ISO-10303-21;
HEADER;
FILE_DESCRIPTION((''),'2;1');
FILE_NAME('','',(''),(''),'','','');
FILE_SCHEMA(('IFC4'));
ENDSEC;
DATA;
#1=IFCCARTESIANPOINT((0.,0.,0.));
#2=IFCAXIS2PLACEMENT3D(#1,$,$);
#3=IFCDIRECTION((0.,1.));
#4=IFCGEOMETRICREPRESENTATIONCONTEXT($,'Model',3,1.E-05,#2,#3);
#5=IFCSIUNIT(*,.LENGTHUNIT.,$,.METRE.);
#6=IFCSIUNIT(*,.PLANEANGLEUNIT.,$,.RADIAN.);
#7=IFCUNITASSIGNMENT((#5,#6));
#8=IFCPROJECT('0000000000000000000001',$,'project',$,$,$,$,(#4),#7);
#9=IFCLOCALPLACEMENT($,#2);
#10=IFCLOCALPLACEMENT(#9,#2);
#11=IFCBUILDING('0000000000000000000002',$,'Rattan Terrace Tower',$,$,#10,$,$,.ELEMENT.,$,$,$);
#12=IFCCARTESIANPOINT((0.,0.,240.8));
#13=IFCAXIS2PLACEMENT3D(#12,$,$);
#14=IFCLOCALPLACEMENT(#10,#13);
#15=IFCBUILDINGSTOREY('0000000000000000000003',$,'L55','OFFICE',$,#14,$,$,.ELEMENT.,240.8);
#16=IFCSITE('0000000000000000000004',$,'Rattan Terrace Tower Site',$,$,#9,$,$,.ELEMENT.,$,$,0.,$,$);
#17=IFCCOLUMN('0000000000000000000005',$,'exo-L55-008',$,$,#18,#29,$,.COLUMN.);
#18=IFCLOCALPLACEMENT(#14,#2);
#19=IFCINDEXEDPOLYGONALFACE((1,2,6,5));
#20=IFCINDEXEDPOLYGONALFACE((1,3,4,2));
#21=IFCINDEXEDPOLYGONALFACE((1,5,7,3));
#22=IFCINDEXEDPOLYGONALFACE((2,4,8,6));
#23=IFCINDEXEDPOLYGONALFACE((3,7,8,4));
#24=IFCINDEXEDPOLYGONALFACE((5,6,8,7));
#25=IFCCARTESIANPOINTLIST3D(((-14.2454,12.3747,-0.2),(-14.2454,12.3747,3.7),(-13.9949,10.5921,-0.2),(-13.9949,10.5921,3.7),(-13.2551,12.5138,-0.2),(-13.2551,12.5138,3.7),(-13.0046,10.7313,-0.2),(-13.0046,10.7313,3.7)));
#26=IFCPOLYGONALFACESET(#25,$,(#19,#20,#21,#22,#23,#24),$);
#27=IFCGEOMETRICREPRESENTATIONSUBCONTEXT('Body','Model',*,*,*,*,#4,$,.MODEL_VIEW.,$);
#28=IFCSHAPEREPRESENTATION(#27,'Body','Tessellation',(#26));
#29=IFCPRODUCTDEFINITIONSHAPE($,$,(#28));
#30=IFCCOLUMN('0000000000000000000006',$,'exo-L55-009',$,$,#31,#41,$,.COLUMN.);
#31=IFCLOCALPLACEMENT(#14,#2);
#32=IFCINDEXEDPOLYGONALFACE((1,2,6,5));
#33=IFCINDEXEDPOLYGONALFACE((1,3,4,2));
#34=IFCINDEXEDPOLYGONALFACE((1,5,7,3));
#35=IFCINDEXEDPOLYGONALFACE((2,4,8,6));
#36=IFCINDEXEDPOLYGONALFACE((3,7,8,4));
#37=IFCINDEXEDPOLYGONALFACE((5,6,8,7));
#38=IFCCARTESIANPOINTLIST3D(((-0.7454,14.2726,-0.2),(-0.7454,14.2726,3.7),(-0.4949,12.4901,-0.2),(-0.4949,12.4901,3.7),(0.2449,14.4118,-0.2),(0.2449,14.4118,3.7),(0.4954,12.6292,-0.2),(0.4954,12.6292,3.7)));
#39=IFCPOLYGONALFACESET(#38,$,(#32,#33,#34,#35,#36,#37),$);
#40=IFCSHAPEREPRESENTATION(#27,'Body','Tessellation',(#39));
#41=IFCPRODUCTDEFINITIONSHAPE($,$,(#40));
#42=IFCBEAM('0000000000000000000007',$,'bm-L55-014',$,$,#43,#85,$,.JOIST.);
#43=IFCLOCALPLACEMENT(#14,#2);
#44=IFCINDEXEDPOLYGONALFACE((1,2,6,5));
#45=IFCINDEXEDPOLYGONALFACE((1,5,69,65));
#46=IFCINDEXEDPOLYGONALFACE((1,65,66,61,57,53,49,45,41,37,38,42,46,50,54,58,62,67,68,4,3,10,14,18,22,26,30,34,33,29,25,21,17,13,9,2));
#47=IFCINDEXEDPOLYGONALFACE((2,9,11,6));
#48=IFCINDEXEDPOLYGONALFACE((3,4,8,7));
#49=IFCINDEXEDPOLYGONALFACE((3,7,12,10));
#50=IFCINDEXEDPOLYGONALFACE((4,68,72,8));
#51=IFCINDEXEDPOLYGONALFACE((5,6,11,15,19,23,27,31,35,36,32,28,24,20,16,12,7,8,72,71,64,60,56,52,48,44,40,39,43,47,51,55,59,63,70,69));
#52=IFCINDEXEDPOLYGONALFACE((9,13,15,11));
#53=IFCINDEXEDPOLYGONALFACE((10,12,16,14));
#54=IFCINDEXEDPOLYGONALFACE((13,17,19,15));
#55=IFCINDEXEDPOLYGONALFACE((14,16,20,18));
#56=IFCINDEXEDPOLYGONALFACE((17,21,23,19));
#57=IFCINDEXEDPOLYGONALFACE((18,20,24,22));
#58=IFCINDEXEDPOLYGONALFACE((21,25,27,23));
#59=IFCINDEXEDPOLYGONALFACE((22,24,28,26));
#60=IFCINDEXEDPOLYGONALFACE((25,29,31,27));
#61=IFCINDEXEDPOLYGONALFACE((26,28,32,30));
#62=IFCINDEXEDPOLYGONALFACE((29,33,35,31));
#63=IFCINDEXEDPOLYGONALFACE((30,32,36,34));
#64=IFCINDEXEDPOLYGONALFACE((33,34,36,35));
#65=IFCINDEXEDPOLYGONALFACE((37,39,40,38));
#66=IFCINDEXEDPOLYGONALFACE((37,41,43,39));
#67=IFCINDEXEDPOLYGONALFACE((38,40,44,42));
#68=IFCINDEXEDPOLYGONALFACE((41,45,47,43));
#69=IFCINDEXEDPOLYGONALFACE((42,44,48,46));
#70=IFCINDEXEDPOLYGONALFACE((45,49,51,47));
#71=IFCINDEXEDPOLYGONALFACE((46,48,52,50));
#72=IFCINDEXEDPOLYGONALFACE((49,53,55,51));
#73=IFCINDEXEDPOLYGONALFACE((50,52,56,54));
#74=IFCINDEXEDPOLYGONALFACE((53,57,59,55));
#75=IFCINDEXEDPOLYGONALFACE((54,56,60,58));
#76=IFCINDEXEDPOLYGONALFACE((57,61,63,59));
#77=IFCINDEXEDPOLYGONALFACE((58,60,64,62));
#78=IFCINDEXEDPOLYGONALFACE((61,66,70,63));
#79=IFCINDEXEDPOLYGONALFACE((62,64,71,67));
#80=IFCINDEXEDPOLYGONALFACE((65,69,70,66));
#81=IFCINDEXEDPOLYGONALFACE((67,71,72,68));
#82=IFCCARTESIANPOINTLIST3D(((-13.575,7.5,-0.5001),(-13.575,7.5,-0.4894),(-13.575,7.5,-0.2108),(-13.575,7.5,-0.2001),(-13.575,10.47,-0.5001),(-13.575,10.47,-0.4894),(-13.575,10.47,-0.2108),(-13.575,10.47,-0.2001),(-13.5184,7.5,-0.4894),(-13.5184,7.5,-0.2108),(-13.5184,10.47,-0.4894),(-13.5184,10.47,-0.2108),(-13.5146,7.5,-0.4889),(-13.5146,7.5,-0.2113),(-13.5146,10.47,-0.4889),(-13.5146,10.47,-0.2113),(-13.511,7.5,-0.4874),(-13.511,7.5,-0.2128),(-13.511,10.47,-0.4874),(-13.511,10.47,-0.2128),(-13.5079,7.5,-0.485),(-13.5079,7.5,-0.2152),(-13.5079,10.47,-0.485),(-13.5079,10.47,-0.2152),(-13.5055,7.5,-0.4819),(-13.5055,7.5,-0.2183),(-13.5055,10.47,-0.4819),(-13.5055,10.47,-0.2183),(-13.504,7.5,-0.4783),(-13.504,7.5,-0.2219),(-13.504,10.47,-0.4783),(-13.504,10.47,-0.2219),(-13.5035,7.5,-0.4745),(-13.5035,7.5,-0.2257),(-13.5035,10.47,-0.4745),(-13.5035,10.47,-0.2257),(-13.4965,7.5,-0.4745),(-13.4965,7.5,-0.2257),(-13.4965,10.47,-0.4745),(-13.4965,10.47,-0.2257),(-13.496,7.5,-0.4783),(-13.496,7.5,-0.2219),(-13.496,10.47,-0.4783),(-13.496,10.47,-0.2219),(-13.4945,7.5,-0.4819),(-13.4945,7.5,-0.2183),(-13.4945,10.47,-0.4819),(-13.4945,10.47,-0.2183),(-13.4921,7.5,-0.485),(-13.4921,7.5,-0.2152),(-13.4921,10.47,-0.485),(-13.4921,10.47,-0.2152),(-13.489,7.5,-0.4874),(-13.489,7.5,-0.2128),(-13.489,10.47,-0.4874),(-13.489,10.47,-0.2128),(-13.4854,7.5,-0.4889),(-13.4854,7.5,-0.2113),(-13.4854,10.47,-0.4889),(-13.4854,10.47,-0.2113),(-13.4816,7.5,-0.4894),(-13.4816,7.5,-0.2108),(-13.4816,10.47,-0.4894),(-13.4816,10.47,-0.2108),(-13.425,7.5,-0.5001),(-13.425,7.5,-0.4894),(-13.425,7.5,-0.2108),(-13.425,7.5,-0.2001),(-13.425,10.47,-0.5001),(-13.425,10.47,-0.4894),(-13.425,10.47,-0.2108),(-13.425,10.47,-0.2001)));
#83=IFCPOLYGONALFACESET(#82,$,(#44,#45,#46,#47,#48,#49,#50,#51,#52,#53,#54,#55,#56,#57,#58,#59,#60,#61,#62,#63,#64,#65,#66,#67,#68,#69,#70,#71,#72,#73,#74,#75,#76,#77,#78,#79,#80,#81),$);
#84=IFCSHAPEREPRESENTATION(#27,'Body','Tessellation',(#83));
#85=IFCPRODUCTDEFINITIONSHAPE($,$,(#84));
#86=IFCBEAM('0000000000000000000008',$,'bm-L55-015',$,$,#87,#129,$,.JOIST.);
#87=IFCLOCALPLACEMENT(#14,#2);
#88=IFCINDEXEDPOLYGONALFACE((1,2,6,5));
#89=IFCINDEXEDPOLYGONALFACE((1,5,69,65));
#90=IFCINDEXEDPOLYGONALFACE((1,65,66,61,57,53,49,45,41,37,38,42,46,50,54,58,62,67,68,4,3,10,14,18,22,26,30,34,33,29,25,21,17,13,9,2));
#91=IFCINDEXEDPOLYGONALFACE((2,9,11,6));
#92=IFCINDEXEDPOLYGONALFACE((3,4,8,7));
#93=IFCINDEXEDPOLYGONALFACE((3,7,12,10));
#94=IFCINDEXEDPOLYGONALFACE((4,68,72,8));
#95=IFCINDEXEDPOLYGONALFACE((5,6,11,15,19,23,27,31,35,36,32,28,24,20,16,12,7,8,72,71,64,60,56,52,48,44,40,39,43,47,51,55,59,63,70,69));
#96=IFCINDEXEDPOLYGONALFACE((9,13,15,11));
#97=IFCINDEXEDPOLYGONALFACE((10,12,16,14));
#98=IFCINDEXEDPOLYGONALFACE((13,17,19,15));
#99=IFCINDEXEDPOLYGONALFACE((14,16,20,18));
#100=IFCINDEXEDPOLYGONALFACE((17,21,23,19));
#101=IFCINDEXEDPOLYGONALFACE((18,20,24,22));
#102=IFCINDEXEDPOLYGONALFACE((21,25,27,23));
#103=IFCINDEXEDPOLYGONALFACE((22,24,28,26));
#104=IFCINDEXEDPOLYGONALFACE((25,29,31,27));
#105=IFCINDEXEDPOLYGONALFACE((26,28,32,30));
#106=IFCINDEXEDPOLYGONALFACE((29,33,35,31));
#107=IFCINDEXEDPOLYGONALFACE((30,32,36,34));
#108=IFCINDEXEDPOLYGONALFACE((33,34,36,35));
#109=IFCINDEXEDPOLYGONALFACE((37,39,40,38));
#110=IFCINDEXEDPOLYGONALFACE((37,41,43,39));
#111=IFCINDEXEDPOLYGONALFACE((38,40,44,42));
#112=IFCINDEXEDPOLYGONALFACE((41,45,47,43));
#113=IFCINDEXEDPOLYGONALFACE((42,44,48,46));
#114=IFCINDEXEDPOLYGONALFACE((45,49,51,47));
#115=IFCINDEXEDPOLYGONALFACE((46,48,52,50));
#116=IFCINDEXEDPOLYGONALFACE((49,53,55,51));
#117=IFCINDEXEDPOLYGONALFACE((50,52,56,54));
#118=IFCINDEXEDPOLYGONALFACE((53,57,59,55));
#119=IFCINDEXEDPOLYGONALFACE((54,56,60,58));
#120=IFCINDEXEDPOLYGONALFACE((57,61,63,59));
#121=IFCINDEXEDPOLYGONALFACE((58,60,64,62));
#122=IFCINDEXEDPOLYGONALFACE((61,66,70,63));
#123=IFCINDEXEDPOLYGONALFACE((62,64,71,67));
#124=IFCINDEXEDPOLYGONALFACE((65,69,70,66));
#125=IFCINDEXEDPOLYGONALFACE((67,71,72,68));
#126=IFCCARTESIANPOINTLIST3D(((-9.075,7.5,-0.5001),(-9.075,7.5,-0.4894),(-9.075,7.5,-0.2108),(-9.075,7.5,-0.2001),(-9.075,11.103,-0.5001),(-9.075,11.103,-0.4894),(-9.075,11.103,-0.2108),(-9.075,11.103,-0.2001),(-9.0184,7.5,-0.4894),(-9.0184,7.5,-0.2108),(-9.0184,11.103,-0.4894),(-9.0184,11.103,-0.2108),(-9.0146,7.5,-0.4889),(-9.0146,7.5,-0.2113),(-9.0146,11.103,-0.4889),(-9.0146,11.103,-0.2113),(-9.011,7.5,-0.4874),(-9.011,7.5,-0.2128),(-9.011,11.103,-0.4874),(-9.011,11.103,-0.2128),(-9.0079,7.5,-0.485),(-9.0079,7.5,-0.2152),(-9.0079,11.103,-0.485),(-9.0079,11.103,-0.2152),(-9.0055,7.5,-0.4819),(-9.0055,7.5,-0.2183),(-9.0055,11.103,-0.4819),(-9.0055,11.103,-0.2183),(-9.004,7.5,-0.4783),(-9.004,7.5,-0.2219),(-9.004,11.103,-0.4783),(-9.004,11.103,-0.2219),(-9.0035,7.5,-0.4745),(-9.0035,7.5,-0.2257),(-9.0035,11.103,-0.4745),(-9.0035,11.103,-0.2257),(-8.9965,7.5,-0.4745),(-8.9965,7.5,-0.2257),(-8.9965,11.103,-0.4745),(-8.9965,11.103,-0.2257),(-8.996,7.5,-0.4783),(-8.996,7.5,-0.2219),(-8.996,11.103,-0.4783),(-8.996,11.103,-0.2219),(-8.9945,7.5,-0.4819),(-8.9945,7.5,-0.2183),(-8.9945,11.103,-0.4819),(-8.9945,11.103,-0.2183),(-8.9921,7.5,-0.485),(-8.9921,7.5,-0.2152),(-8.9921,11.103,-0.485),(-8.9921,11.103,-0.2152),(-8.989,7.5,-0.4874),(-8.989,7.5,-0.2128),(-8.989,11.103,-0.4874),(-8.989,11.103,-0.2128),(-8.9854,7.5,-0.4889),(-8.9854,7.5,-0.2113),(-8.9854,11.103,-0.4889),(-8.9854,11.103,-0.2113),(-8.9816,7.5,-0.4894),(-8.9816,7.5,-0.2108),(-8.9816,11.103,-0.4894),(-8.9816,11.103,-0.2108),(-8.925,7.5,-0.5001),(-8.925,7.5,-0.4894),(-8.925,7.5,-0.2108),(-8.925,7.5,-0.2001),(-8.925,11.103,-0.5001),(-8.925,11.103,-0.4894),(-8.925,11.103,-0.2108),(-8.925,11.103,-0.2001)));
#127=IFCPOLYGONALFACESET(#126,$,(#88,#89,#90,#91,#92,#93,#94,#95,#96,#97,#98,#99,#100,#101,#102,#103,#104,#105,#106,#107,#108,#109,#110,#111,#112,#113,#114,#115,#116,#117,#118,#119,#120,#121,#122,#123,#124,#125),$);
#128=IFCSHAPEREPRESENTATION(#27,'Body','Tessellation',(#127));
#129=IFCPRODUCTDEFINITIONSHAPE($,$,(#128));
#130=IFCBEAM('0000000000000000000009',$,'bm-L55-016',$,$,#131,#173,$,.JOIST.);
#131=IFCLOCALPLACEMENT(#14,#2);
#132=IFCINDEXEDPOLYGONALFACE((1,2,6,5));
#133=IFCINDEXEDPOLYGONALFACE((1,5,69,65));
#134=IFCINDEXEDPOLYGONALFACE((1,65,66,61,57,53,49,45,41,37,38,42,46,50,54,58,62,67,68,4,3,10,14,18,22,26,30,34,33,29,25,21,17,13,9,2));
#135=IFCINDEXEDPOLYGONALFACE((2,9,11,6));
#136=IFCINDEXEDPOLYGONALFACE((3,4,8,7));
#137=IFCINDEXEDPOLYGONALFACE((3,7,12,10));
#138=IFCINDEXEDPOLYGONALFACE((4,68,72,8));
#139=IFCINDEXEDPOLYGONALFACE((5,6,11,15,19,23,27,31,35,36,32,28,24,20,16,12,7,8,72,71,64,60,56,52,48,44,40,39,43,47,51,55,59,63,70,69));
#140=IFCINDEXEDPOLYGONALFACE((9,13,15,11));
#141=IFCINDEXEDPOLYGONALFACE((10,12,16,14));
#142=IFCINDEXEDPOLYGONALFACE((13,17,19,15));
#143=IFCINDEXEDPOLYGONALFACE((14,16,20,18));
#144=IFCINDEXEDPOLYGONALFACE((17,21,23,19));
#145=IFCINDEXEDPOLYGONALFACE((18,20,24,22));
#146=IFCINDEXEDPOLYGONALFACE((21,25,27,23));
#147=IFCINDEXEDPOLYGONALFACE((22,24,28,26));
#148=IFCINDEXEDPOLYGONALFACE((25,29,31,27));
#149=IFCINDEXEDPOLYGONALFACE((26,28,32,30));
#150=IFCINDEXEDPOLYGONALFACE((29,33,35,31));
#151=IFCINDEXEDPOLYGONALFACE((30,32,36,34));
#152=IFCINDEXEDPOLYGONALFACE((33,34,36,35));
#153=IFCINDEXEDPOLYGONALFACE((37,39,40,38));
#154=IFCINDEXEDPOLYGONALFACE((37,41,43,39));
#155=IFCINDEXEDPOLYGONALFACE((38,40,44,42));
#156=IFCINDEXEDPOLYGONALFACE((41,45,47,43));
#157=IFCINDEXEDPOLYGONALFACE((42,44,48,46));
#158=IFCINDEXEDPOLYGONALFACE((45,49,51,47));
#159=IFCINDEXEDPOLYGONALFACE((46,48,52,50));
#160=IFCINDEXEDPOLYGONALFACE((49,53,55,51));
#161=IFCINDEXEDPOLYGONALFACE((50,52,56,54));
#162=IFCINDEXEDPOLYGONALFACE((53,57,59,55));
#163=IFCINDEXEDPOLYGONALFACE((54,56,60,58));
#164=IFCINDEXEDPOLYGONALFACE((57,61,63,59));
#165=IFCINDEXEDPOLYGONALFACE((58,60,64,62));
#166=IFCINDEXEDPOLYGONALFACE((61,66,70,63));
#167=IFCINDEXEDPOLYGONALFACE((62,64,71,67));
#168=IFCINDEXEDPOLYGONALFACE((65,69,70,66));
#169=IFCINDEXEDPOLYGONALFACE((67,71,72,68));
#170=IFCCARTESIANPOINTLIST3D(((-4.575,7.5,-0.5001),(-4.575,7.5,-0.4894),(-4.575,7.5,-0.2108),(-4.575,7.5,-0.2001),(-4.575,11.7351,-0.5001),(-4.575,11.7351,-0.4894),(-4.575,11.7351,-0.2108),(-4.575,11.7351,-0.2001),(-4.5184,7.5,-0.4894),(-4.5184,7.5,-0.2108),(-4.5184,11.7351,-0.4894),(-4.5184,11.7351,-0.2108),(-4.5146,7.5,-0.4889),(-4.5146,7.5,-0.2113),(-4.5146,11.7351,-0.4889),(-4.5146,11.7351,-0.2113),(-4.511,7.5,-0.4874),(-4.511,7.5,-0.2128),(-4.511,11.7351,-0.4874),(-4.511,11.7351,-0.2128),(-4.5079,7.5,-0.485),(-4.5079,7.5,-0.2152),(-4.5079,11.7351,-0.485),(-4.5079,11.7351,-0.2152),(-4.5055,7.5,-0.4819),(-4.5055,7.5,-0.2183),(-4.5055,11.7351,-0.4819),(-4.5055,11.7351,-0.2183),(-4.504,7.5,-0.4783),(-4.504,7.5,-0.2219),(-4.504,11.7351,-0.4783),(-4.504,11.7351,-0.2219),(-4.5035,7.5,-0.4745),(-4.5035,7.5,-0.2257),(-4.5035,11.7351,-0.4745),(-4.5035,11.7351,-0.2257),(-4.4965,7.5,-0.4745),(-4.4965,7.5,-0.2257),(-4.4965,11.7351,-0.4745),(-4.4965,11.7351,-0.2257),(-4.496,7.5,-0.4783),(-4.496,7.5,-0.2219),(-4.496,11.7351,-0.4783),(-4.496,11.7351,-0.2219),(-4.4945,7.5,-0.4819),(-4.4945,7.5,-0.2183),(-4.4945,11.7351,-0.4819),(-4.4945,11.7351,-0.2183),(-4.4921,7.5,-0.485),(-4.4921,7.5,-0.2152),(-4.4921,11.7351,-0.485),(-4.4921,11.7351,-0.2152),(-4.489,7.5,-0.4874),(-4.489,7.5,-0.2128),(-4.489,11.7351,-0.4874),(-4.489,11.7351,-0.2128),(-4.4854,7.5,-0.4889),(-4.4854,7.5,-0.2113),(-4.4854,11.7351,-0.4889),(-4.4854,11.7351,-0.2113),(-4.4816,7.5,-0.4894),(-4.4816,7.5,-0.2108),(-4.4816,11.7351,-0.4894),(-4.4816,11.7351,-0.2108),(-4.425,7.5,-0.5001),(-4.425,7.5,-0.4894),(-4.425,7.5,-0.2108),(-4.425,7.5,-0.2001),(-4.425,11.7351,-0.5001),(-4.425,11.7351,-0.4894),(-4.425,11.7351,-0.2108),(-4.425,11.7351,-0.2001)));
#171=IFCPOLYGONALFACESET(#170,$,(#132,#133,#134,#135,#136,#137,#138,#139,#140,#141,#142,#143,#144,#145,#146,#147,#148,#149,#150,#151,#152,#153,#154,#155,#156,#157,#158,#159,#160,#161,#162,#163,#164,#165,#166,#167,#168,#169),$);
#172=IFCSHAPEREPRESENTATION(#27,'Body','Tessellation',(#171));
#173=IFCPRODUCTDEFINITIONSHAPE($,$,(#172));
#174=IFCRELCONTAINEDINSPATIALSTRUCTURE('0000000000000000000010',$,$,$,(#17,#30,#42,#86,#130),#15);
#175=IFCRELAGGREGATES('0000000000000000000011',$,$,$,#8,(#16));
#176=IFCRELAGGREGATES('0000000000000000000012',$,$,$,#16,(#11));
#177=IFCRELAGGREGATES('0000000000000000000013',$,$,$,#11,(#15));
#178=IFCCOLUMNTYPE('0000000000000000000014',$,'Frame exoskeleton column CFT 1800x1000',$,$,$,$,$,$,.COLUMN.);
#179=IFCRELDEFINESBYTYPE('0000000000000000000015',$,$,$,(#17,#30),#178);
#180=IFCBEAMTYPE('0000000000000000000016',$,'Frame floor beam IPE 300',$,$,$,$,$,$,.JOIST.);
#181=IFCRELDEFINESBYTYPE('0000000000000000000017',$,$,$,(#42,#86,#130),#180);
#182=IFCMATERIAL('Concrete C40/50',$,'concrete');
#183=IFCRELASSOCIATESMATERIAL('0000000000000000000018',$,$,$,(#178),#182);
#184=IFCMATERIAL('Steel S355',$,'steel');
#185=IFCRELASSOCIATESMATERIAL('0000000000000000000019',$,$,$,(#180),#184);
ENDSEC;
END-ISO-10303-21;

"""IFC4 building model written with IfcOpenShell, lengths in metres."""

from ifc_helpers import new_model, si_unit, direction, frame, origin, origin_2d, place, context, subcontext, project, spatial, rectangle, i_section, extrude, material, material_profile, profile_set, type_object, element, save


model = new_model("IFC4")

# Units and contexts
model_context = context("Model", 3, precision=1e-05, world=origin(), true_north=direction((0.0, 1.0)))
body_context = subcontext(model_context, "Body", "Model", "MODEL_VIEW")
ifc_project = project(units=[si_unit("LENGTHUNIT", "METRE"), si_unit("PLANEANGLEUNIT", "RADIAN")], contexts=[model_context])

# Site, building, storey
site_placement = place(None, origin())
site = spatial("IfcSite", under=ifc_project, at=site_placement, Name="Rattan Terrace Tower Site", CompositionType="ELEMENT", RefElevation=0.0)
building_placement = place(site_placement, origin())
building = spatial("IfcBuilding", under=site, at=building_placement, Name="Rattan Terrace Tower", CompositionType="ELEMENT")
storey_placement = place(building_placement, frame((0.0, 0.0, 240.8)))
storey = spatial("IfcBuildingStorey", under=building, at=storey_placement, Name="L55", Description="OFFICE", CompositionType="ELEMENT", Elevation=240.8)

# Columns
ifc_material_1 = material(Name="Concrete C40/50", Category="concrete")
ifc_material_profile_1 = material_profile(ifc_material_1, rectangle(XDim=1.0, YDim=1.8, at=origin_2d()), Name="CFT 1800x1000")
ifc_profile_set_1 = profile_set([ifc_material_profile_1], Name="Concrete C40/50")
column_type = type_object("IfcColumnType", Name="Frame exoskeleton column CFT 1800x1000", PredefinedType="COLUMN", material=ifc_profile_set_1)
for number, where, z_axis, x_axis, name in (
    (1, (-13.625, 11.553, -0.2), (0.0, 0.0, 1.0), (0.990268, 0.139173, 0.0), "exo-L55-008"),
    (2, (-0.125, 13.4509, -0.2), (0.0, 0.0, 1.0), (0.990268, 0.139173, 0.0), "exo-L55-009"),
):
    element("IfcColumn", number, at=place(storey_placement, frame(where, z_axis=z_axis, x_axis=x_axis)), inside=storey, type_object=column_type, Name=name, PredefinedType="COLUMN", context=body_context, shape_type="SweptSolid", body=[
        extrude(rectangle(XDim=1.0, YDim=1.8, at=origin_2d()), origin(), (0.0, 0.0, 1.0), 3.8999),
    ])

# Beams
ifc_material_2 = material(Name="Steel S355", Category="steel")
ifc_material_profile_2 = material_profile(ifc_material_2, i_section(OverallWidth=0.1499, OverallDepth=0.3, WebThickness=0.0071, FlangeThickness=0.0107, FilletRadius=0.0149, at=origin_2d()), Name="IPE 300")
ifc_profile_set_2 = profile_set([ifc_material_profile_2], Name="Steel S355")
beam_type = type_object("IfcBeamType", Name="Frame floor beam IPE 300", PredefinedType="JOIST", material=ifc_profile_set_2)
beam_1_placement = place(storey_placement, frame((-13.5, 7.5, -0.3501), z_axis=(0.0, 1.0, 0.0), x_axis=(-1.0, 0.0, 0.0)))
element("IfcBeam", 3, at=beam_1_placement, inside=storey, type_object=beam_type, Name="bm-L55-014", PredefinedType="JOIST", context=body_context, shape_type="SweptSolid", body=[
    extrude(i_section(OverallWidth=0.1499, OverallDepth=0.3, WebThickness=0.0071, FlangeThickness=0.0107, FilletRadius=0.0149, at=origin_2d()), origin(), (0.0, 0.0, 1.0), 2.97),
])
beam_2_placement = place(storey_placement, frame((-9.0, 7.5, -0.3501), z_axis=(0.0, 1.0, 0.0), x_axis=(-1.0, 0.0, 0.0)))
element("IfcBeam", 4, at=beam_2_placement, inside=storey, type_object=beam_type, Name="bm-L55-015", PredefinedType="JOIST", context=body_context, shape_type="SweptSolid", body=[
    extrude(i_section(OverallWidth=0.1499, OverallDepth=0.3, WebThickness=0.0071, FlangeThickness=0.0107, FilletRadius=0.0149, at=origin_2d()), origin(), (0.0, 0.0, 1.0), 3.603),
])
beam_3_placement = place(storey_placement, frame((-4.5, 7.5, -0.3501), z_axis=(0.0, 1.0, 0.0), x_axis=(-1.0, 0.0, 0.0)))
element("IfcBeam", 5, at=beam_3_placement, inside=storey, type_object=beam_type, Name="bm-L55-016", PredefinedType="JOIST", context=body_context, shape_type="SweptSolid", body=[
    extrude(i_section(OverallWidth=0.1499, OverallDepth=0.3, WebThickness=0.0071, FlangeThickness=0.0107, FilletRadius=0.0149, at=origin_2d()), origin(), (0.0, 0.0, 1.0), 4.2351),
])

save(model, "model.ifc")
